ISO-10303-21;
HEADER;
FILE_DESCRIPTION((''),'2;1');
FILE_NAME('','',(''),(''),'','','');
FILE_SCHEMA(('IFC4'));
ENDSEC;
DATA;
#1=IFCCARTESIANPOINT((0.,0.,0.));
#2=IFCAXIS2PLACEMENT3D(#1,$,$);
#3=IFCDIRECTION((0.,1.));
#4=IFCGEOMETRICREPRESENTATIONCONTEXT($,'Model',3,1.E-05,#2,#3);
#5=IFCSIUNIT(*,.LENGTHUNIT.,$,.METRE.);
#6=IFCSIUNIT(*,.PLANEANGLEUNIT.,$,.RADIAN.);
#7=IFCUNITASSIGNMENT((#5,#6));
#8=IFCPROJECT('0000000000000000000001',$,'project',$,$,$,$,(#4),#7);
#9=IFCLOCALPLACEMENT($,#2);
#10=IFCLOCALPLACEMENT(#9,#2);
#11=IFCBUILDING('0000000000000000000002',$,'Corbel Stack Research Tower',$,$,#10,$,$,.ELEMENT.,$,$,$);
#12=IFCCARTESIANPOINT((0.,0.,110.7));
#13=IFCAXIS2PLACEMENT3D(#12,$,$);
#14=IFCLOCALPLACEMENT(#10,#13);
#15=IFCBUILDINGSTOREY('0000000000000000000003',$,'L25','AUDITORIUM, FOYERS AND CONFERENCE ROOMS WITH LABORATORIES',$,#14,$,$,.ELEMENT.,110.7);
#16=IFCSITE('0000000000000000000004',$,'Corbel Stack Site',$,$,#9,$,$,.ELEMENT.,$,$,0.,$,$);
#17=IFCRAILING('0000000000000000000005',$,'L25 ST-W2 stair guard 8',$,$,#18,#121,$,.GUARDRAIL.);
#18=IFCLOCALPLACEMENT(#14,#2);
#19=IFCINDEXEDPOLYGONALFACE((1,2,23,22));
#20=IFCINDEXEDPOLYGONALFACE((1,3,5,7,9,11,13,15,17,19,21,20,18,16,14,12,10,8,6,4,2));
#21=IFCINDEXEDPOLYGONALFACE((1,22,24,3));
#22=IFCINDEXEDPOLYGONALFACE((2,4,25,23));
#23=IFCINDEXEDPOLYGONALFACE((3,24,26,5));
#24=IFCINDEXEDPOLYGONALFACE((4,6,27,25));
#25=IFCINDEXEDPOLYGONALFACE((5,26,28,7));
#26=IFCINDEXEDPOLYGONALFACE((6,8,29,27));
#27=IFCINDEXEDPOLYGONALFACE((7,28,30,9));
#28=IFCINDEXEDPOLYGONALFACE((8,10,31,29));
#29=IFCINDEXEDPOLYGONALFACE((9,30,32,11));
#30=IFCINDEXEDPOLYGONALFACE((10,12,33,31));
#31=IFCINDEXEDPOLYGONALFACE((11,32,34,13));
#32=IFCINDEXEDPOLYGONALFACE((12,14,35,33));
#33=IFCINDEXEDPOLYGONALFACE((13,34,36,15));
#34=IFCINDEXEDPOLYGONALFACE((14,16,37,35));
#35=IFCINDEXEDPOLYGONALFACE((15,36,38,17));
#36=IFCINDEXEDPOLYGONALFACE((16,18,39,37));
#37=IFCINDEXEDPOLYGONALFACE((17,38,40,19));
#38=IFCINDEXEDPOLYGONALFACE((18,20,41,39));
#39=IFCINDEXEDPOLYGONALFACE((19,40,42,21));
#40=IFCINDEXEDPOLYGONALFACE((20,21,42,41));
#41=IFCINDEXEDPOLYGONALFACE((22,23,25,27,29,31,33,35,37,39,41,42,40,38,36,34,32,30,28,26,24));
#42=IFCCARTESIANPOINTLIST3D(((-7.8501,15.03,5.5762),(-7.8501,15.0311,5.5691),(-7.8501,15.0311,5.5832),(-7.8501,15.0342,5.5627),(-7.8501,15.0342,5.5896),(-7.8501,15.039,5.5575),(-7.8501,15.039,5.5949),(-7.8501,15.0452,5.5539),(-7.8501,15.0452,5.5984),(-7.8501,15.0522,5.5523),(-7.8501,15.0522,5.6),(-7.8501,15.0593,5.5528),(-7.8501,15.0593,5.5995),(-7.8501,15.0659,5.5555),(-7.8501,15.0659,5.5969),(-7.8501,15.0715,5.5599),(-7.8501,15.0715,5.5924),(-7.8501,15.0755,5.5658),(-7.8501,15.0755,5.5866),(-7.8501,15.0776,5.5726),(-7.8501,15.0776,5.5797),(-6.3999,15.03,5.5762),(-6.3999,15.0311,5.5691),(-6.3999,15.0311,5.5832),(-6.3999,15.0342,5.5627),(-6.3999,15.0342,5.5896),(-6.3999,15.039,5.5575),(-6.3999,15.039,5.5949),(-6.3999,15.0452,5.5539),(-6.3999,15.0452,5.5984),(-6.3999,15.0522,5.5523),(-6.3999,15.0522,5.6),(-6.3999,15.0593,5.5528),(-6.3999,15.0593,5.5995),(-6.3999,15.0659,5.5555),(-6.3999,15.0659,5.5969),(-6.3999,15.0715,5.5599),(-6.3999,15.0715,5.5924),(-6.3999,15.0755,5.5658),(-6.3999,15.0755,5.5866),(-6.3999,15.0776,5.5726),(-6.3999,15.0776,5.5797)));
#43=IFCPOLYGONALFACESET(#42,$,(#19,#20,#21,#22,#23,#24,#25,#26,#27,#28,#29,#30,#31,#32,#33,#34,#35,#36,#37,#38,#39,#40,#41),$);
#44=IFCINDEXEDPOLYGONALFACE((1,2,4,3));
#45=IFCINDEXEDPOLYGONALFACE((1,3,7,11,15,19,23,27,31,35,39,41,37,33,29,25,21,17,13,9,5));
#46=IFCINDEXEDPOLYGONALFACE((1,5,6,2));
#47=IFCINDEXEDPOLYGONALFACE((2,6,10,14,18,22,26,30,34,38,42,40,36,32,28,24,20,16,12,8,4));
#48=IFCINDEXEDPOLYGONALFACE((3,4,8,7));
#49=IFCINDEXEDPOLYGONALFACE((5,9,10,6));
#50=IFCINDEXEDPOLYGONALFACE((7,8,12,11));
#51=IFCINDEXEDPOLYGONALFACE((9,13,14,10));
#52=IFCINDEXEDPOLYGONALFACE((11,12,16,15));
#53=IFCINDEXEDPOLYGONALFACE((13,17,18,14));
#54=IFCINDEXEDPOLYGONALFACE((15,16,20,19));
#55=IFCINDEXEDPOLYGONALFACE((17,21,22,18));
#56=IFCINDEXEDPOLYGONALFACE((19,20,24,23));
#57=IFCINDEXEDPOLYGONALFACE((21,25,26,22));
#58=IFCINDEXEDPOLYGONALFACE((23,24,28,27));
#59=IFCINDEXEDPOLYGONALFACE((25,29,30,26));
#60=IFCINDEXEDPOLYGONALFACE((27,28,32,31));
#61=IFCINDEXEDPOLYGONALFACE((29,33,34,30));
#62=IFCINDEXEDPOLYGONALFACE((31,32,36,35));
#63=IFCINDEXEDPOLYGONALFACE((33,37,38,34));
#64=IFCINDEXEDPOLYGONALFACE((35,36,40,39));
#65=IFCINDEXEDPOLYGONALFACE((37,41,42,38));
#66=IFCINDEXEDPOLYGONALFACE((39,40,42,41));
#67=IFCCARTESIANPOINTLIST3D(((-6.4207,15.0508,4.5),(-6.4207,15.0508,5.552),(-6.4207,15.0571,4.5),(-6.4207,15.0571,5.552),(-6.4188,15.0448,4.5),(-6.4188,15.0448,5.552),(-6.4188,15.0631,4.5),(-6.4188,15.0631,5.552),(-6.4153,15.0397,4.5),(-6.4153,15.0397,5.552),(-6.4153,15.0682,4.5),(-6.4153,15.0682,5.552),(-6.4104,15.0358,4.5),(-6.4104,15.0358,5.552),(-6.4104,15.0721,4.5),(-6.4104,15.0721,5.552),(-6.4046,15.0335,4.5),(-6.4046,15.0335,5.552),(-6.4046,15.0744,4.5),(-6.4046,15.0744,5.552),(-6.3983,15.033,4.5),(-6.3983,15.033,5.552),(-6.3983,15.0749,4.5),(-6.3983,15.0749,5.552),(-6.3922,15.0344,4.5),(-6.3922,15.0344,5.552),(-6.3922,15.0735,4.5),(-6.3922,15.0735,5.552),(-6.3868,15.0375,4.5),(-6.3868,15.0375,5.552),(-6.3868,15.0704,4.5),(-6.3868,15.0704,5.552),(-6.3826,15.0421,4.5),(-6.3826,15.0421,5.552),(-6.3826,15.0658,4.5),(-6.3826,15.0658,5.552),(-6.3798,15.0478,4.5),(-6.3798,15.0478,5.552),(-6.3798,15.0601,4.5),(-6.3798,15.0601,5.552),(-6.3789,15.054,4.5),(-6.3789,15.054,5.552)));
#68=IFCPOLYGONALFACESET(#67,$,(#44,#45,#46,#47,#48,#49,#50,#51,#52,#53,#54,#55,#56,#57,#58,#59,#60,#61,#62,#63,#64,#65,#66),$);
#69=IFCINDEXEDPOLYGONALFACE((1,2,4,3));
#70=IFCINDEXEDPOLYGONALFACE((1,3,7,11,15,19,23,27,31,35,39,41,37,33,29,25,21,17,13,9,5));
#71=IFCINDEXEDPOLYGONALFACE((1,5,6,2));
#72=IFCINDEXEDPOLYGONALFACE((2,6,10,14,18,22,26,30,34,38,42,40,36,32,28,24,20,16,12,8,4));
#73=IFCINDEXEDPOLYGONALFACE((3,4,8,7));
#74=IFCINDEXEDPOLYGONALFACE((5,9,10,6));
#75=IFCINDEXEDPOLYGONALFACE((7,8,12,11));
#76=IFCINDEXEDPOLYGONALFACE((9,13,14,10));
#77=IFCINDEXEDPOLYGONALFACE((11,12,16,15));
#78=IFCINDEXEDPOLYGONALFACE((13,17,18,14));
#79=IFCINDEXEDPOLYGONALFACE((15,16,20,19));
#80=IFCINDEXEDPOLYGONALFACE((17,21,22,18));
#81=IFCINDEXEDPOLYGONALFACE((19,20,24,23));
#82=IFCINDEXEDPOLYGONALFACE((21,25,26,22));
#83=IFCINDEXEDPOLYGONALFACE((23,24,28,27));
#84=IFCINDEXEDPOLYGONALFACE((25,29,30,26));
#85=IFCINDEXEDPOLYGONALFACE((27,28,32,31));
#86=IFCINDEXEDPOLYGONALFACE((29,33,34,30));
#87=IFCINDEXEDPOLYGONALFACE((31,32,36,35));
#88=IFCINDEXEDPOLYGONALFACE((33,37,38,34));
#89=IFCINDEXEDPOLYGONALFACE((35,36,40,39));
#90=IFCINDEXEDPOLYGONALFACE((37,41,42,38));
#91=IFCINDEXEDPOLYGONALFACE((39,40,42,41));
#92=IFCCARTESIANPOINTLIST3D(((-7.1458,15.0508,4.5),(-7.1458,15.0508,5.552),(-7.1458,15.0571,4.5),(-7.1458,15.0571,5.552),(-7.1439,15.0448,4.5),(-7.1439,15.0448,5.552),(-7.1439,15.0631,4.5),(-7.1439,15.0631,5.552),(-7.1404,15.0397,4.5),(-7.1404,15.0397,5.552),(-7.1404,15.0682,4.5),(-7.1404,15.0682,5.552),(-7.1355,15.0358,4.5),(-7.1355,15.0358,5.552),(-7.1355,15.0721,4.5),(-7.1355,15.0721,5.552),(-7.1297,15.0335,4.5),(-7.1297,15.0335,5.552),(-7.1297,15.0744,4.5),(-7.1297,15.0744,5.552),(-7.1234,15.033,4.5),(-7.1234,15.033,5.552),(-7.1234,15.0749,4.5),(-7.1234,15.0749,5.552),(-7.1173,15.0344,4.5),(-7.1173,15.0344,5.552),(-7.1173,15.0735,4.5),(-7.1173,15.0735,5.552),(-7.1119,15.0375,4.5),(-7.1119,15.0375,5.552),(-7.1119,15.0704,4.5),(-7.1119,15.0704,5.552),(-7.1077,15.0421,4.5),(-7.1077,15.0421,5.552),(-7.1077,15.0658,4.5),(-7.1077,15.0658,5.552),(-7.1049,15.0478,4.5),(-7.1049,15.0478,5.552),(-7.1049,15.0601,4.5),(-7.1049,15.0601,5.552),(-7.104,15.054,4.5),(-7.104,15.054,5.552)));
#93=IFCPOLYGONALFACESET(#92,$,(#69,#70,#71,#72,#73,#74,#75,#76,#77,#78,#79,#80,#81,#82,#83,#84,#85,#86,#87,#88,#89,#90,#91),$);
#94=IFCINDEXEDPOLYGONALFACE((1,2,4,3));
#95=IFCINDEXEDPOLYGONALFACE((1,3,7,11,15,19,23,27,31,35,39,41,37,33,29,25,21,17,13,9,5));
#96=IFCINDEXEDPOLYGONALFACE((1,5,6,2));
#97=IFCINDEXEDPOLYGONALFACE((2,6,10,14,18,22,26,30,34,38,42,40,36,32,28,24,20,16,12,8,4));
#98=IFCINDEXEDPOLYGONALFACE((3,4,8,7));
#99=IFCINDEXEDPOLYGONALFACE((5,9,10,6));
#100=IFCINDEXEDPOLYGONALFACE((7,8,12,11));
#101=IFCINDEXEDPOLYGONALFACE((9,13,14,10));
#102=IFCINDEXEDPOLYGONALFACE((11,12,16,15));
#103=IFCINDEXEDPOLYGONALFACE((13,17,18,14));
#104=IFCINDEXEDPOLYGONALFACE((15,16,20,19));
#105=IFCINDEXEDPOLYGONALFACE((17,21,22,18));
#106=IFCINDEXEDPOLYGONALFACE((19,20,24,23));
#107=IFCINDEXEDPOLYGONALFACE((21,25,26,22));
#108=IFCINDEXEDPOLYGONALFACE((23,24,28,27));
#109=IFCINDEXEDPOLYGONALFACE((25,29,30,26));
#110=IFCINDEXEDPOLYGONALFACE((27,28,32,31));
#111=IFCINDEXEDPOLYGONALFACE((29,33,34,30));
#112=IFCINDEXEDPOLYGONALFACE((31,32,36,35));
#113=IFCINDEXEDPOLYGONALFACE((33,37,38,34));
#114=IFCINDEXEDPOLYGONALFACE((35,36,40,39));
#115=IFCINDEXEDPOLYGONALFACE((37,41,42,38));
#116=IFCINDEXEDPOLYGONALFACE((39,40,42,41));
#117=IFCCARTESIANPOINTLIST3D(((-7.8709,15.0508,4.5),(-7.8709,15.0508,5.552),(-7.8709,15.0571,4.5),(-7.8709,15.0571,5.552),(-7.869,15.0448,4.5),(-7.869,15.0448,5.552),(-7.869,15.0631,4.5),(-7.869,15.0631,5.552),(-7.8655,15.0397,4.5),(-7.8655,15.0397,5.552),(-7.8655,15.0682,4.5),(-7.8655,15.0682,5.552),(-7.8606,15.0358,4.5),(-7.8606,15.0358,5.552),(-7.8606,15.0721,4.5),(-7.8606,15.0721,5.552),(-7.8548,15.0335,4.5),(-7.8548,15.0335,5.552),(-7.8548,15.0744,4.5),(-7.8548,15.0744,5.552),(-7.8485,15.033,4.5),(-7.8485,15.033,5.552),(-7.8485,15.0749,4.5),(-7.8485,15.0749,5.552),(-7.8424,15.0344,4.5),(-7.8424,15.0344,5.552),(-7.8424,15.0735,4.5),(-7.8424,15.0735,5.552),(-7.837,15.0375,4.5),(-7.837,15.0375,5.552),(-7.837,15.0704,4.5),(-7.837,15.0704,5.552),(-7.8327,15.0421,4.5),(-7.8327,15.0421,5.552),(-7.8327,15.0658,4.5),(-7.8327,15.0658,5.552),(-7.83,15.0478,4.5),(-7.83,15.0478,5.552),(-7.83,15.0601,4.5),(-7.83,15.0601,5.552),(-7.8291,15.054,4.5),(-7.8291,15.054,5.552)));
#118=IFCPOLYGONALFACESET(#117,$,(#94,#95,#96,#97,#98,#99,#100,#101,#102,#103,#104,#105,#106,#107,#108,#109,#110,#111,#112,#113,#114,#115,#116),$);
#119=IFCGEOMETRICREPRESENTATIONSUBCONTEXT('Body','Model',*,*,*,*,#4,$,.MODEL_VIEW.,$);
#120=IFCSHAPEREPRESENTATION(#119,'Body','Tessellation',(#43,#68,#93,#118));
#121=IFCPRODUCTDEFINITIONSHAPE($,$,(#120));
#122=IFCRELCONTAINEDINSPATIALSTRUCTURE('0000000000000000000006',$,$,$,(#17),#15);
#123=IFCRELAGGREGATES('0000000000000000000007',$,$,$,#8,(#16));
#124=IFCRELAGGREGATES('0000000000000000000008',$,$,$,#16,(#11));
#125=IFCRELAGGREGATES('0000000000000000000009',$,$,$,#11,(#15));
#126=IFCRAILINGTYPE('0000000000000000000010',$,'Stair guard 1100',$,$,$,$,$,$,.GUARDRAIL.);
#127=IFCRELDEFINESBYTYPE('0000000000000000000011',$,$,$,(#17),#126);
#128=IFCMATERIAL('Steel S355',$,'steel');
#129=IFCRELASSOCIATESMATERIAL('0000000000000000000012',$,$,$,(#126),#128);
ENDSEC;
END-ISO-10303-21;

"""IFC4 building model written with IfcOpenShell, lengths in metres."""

from ifc_helpers import new_model, si_unit, direction, frame, origin, origin_2d, place, context, subcontext, project, spatial, circle, extrude, material, type_object, element, save


model = new_model("IFC4")

# Units and contexts
model_context = context("Model", 3, precision=1e-05, world=origin(), true_north=direction((0.0, 1.0)))
body_context = subcontext(model_context, "Body", "Model", "MODEL_VIEW")
ifc_project = project(units=[si_unit("LENGTHUNIT", "METRE"), si_unit("PLANEANGLEUNIT", "RADIAN")], contexts=[model_context])

# Site, building, storey
site_placement = place(None, origin())
site = spatial("IfcSite", under=ifc_project, at=site_placement, Name="Corbel Stack Site", CompositionType="ELEMENT", RefElevation=0.0)
building_placement = place(site_placement, origin())
building = spatial("IfcBuilding", under=site, at=building_placement, Name="Corbel Stack Research Tower", CompositionType="ELEMENT")
storey_placement = place(building_placement, frame((0.0, 0.0, 110.7)))
storey = spatial("IfcBuildingStorey", under=building, at=storey_placement, Name="L25", Description="AUDITORIUM, FOYERS AND CONFERENCE ROOMS WITH LABORATORIES", CompositionType="ELEMENT", Elevation=110.7)

# Railing
ifc_material_1 = material(Name="Steel S355", Category="steel")
railing_type = type_object("IfcRailingType", Name="Stair guard 1100", PredefinedType="GUARDRAIL", material=ifc_material_1)
railing_placement = place(storey_placement, frame((-6.3999, 15.054, 4.5)))
element("IfcRailing", 1, at=railing_placement, inside=storey, type_object=railing_type, Name="L25 ST-W2 stair guard 8", PredefinedType="GUARDRAIL", context=body_context, shape_type="SweptSolid", body=[
    extrude(circle(Radius=0.0239, at=origin_2d()), frame((0.0, 0.0, 1.0762), z_axis=(-1.0, 0.0, 0.0), x_axis=(0.0, -1.0, 0.0)), (0.0, 0.0, 1.0), 1.4502),
    extrude(circle(Radius=0.021, at=origin_2d()), origin(), (0.0, 0.0, 1.0), 1.052),
    extrude(circle(Radius=0.021, at=origin_2d()), frame((-0.7251, 0.0, 0.0)), (0.0, 0.0, 1.0), 1.052),
    extrude(circle(Radius=0.021, at=origin_2d()), frame((-1.4502, 0.0, 0.0)), (0.0, 0.0, 1.0), 1.052),
])

save(model, "model.ifc")
